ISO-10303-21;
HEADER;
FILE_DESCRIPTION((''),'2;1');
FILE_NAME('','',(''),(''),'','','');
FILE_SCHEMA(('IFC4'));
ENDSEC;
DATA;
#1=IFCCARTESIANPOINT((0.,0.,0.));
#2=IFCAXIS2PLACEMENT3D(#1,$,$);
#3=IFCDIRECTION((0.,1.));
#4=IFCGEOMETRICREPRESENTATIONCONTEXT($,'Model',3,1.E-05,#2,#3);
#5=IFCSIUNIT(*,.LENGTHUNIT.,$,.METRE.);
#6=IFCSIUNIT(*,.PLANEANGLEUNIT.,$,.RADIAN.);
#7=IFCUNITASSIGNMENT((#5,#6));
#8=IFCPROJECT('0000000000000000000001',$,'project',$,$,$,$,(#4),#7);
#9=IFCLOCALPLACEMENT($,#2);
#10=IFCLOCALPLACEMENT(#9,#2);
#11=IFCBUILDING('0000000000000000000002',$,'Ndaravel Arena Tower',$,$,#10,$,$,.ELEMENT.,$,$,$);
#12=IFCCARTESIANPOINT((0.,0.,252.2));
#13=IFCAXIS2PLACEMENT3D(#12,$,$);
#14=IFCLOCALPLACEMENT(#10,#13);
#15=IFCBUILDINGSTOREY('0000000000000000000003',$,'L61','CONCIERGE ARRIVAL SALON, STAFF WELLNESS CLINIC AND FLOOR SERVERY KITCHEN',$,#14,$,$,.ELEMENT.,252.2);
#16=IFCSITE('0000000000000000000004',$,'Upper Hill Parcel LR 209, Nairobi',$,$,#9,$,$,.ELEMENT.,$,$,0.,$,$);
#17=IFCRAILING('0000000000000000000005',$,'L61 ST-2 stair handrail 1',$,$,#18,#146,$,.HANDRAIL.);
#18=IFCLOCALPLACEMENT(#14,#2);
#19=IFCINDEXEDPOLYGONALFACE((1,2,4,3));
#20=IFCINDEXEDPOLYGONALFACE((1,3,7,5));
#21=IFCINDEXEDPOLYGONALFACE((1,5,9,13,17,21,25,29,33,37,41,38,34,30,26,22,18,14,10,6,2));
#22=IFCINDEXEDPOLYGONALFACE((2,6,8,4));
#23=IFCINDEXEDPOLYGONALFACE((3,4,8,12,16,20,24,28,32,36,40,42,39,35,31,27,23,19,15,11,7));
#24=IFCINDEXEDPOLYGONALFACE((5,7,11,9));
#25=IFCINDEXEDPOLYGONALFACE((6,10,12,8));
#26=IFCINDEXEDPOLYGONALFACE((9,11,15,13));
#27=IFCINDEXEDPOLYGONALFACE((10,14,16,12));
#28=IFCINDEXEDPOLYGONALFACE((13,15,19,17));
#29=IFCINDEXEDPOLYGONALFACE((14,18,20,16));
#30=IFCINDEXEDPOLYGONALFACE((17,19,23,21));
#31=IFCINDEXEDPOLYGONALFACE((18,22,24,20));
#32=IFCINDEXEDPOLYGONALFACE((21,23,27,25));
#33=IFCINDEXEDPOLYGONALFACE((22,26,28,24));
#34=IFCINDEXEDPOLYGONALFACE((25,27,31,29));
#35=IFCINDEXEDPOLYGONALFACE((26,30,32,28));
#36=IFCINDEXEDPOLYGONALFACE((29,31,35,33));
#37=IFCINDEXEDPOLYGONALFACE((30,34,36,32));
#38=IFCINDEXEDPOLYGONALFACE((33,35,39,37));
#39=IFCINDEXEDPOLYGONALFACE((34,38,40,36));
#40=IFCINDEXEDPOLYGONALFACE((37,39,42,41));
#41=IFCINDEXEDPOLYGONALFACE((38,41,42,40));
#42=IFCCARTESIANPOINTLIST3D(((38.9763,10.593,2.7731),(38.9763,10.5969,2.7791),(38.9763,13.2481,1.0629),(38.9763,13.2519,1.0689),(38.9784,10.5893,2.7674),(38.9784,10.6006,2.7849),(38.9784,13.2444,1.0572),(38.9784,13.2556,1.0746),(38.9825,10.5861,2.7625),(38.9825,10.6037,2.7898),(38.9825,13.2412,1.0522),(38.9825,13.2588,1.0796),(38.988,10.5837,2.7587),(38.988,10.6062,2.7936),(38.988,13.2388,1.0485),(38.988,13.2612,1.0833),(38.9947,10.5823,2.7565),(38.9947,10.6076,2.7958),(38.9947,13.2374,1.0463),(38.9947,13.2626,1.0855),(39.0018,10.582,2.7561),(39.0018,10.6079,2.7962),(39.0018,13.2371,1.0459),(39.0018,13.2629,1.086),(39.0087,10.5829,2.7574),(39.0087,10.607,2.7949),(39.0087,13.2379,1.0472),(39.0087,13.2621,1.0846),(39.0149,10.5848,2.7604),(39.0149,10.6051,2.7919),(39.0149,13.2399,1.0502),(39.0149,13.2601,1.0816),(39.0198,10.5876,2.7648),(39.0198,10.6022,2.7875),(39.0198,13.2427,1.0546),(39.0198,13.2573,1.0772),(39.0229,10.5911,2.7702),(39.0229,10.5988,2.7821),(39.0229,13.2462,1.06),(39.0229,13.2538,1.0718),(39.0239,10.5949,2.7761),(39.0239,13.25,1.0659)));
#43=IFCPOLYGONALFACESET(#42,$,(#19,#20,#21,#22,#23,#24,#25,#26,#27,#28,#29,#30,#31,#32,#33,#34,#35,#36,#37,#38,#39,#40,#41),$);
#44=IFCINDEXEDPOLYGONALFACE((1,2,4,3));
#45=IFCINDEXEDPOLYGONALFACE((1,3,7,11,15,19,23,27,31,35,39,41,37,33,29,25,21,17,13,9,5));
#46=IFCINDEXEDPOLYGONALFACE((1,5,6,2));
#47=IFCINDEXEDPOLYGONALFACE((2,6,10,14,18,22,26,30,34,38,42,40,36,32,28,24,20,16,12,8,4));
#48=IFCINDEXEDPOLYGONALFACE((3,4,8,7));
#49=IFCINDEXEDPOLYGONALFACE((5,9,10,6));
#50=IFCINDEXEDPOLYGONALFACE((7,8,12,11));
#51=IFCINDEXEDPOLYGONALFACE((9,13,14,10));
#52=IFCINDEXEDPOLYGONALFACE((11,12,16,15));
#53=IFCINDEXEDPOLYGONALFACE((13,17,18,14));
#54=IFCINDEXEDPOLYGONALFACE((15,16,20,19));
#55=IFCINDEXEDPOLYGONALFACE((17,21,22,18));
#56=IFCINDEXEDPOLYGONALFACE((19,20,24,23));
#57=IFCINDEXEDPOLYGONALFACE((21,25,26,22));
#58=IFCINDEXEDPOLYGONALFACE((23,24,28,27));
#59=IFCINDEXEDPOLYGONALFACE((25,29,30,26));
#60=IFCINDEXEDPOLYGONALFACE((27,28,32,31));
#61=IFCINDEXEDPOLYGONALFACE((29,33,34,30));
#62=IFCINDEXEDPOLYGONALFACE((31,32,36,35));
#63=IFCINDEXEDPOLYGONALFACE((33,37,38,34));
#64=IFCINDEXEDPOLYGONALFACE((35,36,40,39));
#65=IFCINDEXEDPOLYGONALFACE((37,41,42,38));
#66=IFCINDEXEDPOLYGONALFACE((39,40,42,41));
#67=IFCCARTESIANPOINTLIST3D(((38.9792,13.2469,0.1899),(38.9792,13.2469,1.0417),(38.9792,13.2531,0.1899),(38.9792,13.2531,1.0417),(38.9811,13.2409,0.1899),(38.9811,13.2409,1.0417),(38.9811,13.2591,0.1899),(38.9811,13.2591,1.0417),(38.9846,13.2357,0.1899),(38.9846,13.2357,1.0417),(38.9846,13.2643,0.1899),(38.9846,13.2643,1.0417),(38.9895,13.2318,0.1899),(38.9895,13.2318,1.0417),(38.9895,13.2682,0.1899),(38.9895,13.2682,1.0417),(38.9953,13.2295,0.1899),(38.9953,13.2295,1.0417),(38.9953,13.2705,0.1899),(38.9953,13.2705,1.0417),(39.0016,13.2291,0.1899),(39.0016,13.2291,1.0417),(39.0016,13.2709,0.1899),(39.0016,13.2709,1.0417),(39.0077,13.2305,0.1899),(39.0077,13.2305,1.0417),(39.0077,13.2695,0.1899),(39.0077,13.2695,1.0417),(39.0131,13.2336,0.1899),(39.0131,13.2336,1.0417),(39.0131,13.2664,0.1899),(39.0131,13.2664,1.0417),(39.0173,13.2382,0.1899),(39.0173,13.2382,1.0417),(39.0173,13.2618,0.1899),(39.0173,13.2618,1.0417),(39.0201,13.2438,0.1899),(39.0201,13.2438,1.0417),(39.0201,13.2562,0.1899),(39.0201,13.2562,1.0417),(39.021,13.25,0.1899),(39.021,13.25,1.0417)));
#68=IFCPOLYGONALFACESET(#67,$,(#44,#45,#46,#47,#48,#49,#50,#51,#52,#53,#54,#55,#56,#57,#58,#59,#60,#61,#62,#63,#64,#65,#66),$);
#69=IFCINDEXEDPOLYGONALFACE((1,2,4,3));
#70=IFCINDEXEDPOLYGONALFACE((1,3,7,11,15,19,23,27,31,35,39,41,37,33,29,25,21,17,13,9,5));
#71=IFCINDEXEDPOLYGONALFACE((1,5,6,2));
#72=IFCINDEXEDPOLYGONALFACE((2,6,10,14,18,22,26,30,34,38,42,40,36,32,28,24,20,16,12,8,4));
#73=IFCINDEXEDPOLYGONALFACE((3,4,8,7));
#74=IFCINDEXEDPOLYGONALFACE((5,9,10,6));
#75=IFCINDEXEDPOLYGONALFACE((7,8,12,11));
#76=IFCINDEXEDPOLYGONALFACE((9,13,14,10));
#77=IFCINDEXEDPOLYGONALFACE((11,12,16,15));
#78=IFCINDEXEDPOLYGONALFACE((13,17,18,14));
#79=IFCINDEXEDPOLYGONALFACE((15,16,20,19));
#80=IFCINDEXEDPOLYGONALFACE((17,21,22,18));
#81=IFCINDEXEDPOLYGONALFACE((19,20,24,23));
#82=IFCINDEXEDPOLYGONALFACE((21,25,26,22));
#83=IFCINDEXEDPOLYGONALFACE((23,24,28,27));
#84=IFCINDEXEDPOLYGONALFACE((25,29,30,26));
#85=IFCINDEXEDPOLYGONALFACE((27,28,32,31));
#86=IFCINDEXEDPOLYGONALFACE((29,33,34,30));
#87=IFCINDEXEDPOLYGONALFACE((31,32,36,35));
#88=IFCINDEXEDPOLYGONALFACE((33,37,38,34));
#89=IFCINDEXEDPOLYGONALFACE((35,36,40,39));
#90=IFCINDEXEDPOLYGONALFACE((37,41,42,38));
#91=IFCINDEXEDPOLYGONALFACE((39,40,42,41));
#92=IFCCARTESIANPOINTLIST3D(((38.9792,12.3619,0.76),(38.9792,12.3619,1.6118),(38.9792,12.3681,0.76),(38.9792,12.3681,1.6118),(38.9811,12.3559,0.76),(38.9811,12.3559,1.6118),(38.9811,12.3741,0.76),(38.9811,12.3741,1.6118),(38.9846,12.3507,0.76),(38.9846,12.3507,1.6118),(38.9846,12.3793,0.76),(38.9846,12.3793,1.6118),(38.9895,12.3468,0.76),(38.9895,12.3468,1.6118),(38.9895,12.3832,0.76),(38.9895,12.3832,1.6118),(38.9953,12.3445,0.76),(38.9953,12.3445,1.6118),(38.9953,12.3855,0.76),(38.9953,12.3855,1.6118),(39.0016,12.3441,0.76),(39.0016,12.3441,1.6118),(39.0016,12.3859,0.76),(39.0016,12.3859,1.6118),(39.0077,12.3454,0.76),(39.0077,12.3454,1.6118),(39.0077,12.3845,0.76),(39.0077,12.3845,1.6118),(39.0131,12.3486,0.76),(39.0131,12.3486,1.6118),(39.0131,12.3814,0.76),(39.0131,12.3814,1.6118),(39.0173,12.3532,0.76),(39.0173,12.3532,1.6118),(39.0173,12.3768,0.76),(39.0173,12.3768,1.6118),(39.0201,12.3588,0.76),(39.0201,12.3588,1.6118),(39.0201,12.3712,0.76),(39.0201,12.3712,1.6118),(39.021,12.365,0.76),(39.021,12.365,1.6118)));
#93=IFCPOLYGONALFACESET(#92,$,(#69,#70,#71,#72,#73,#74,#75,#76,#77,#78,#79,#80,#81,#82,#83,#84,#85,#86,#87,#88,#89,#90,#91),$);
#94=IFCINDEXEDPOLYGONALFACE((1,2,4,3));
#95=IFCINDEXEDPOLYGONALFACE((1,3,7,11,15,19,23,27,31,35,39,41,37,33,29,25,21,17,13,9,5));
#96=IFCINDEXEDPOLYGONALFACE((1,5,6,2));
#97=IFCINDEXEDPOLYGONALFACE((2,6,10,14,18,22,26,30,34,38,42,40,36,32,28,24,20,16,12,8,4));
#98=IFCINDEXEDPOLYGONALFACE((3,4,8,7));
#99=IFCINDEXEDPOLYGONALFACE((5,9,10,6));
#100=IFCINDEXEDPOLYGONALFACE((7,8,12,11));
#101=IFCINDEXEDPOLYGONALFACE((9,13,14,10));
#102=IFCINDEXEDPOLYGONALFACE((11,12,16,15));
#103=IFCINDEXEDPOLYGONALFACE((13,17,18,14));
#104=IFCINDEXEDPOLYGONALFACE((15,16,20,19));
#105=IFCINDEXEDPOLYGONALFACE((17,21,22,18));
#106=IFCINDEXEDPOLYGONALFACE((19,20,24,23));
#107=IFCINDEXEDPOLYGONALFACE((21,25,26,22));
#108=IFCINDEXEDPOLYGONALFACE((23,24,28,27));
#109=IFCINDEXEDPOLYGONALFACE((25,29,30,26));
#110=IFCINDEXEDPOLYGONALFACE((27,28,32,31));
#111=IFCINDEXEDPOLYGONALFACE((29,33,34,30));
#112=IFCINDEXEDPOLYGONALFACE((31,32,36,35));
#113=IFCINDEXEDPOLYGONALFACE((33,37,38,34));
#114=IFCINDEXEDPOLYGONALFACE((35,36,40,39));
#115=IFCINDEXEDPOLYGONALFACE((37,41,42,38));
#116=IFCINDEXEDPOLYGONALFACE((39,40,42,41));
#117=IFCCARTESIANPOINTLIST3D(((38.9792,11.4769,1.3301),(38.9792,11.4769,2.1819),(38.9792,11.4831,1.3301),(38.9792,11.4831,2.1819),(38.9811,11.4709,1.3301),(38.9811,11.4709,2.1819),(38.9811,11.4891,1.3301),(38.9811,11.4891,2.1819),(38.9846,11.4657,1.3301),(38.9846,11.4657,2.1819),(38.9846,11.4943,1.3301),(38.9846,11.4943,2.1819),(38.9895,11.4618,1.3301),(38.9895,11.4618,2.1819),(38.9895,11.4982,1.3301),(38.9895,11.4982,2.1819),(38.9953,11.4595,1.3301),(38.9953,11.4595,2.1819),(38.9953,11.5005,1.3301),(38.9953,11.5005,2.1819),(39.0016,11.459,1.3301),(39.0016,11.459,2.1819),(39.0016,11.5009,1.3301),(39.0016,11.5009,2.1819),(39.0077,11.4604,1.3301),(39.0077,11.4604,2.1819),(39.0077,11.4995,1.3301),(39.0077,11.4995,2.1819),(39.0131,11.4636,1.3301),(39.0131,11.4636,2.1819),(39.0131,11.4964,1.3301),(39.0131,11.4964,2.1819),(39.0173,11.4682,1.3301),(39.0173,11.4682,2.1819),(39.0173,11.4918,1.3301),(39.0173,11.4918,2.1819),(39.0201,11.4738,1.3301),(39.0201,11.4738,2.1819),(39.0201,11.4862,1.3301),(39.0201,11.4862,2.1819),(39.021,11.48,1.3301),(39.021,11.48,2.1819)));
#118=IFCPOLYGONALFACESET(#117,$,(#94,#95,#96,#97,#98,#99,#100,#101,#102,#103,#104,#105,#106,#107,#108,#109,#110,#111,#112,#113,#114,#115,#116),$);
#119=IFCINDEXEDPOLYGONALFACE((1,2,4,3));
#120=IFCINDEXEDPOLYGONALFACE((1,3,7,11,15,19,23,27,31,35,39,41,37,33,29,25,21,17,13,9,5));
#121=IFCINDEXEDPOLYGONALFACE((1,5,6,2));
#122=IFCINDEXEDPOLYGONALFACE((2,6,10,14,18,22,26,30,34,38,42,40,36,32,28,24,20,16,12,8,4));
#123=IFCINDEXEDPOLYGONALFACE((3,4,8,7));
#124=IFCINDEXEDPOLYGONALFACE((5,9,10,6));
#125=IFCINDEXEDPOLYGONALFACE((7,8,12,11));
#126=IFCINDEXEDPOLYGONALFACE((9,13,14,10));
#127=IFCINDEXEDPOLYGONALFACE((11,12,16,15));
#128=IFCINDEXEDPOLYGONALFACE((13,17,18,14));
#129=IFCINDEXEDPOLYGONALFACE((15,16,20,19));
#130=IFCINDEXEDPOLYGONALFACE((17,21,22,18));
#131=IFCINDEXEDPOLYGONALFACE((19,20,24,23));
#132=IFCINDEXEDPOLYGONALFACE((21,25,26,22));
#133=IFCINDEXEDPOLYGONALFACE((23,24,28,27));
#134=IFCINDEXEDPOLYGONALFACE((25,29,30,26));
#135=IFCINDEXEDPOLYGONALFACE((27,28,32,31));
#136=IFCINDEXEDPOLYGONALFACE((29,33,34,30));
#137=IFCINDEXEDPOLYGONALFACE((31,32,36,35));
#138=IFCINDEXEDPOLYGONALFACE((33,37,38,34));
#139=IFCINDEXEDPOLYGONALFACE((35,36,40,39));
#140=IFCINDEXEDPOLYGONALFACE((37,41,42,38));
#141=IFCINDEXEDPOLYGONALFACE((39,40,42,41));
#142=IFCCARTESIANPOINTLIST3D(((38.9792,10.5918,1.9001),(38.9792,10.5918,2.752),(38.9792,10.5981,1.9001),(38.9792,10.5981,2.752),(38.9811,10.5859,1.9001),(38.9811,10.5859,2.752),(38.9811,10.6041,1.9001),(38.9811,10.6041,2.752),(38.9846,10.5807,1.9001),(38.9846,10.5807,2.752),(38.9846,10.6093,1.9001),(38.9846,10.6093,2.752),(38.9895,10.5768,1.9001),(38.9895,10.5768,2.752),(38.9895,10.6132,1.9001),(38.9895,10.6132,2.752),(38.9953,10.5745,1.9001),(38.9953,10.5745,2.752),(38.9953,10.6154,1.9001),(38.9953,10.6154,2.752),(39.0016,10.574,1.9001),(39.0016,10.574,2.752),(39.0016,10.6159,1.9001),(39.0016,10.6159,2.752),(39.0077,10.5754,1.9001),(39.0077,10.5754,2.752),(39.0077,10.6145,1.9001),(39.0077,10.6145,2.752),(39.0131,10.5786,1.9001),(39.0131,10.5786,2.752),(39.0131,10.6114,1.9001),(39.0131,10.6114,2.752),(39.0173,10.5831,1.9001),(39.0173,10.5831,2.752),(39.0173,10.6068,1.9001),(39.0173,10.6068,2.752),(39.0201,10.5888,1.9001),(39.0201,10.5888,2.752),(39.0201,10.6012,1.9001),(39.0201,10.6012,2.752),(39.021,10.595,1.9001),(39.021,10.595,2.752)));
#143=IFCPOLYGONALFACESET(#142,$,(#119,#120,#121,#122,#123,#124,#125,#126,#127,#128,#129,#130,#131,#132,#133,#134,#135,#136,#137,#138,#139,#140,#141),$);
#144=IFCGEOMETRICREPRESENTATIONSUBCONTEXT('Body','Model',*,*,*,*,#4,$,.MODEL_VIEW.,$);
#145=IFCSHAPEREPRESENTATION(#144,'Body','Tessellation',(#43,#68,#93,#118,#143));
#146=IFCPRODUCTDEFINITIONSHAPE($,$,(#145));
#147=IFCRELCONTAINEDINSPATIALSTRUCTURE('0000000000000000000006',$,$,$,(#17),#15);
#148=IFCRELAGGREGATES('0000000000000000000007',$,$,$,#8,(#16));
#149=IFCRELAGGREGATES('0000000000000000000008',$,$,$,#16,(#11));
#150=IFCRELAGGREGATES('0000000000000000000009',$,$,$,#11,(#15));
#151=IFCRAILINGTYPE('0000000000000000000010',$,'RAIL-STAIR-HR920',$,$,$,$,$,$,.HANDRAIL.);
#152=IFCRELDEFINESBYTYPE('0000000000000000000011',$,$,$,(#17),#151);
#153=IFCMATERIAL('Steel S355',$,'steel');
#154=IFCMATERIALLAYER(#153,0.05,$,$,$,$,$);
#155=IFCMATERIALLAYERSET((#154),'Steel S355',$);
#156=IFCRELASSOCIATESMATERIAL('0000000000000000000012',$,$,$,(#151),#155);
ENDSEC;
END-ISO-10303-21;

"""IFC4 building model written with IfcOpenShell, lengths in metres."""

from ifc_helpers import new_model, si_unit, direction, frame, origin, origin_2d, place, context, subcontext, project, spatial, circle, extrude, material, layer, layer_set, type_object, element, save


model = new_model("IFC4")

# Units and contexts
model_context = context("Model", 3, precision=1e-05, world=origin(), true_north=direction((0.0, 1.0)))
body_context = subcontext(model_context, "Body", "Model", "MODEL_VIEW")
ifc_project = project(units=[si_unit("LENGTHUNIT", "METRE"), si_unit("PLANEANGLEUNIT", "RADIAN")], contexts=[model_context])

# Site, building, storey
site_placement = place(None, origin())
site = spatial("IfcSite", under=ifc_project, at=site_placement, Name="Upper Hill Parcel LR 209, Nairobi", CompositionType="ELEMENT", RefElevation=0.0)
building_placement = place(site_placement, origin())
building = spatial("IfcBuilding", under=site, at=building_placement, Name="Ndaravel Arena Tower", CompositionType="ELEMENT")
storey_placement = place(building_placement, frame((0.0, 0.0, 252.2)))
storey = spatial("IfcBuildingStorey", under=building, at=storey_placement, Name="L61", Description="CONCIERGE ARRIVAL SALON, STAFF WELLNESS CLINIC AND FLOOR SERVERY KITCHEN", CompositionType="ELEMENT", Elevation=252.2)

# Railing
ifc_material_1 = material(Name="Steel S355", Category="steel")
ifc_layer_1 = layer(ifc_material_1, 0.05)
ifc_layer_set_1 = layer_set([ifc_layer_1], Name="Steel S355")
railing_type_1 = type_object("IfcRailingType", Name="RAIL-STAIR-HR920", PredefinedType="HANDRAIL", material=ifc_layer_set_1)
railing_1_placement = place(storey_placement, frame((39.0, 13.25, 0.1899)))
element("IfcRailing", 1, at=railing_1_placement, inside=storey, type_object=railing_type_1, Name="L61 ST-2 stair handrail 1", PredefinedType="HANDRAIL", context=body_context, shape_type="SweptSolid", body=[
    extrude(circle(Radius=0.0239, at=origin_2d()), frame((0.0, 0.0, 0.876), z_axis=(0.0, -0.840688, 0.541519), x_axis=(1.0, 0.0, 0.0)), (0.0, 0.0, 1.0), 3.1582),
    extrude(circle(Radius=0.021, at=origin_2d()), origin(), (0.0, 0.0, 1.0), 0.8518),
    extrude(circle(Radius=0.021, at=origin_2d()), frame((0.0, -0.885, 0.5701)), (0.0, 0.0, 1.0), 0.8518),
    extrude(circle(Radius=0.021, at=origin_2d()), frame((0.0, -1.77, 1.1401)), (0.0, 0.0, 1.0), 0.8518),
    extrude(circle(Radius=0.021, at=origin_2d()), frame((0.0, -2.655, 1.7102)), (0.0, 0.0, 1.0), 0.8518),
])

save(model, "model.ifc")
